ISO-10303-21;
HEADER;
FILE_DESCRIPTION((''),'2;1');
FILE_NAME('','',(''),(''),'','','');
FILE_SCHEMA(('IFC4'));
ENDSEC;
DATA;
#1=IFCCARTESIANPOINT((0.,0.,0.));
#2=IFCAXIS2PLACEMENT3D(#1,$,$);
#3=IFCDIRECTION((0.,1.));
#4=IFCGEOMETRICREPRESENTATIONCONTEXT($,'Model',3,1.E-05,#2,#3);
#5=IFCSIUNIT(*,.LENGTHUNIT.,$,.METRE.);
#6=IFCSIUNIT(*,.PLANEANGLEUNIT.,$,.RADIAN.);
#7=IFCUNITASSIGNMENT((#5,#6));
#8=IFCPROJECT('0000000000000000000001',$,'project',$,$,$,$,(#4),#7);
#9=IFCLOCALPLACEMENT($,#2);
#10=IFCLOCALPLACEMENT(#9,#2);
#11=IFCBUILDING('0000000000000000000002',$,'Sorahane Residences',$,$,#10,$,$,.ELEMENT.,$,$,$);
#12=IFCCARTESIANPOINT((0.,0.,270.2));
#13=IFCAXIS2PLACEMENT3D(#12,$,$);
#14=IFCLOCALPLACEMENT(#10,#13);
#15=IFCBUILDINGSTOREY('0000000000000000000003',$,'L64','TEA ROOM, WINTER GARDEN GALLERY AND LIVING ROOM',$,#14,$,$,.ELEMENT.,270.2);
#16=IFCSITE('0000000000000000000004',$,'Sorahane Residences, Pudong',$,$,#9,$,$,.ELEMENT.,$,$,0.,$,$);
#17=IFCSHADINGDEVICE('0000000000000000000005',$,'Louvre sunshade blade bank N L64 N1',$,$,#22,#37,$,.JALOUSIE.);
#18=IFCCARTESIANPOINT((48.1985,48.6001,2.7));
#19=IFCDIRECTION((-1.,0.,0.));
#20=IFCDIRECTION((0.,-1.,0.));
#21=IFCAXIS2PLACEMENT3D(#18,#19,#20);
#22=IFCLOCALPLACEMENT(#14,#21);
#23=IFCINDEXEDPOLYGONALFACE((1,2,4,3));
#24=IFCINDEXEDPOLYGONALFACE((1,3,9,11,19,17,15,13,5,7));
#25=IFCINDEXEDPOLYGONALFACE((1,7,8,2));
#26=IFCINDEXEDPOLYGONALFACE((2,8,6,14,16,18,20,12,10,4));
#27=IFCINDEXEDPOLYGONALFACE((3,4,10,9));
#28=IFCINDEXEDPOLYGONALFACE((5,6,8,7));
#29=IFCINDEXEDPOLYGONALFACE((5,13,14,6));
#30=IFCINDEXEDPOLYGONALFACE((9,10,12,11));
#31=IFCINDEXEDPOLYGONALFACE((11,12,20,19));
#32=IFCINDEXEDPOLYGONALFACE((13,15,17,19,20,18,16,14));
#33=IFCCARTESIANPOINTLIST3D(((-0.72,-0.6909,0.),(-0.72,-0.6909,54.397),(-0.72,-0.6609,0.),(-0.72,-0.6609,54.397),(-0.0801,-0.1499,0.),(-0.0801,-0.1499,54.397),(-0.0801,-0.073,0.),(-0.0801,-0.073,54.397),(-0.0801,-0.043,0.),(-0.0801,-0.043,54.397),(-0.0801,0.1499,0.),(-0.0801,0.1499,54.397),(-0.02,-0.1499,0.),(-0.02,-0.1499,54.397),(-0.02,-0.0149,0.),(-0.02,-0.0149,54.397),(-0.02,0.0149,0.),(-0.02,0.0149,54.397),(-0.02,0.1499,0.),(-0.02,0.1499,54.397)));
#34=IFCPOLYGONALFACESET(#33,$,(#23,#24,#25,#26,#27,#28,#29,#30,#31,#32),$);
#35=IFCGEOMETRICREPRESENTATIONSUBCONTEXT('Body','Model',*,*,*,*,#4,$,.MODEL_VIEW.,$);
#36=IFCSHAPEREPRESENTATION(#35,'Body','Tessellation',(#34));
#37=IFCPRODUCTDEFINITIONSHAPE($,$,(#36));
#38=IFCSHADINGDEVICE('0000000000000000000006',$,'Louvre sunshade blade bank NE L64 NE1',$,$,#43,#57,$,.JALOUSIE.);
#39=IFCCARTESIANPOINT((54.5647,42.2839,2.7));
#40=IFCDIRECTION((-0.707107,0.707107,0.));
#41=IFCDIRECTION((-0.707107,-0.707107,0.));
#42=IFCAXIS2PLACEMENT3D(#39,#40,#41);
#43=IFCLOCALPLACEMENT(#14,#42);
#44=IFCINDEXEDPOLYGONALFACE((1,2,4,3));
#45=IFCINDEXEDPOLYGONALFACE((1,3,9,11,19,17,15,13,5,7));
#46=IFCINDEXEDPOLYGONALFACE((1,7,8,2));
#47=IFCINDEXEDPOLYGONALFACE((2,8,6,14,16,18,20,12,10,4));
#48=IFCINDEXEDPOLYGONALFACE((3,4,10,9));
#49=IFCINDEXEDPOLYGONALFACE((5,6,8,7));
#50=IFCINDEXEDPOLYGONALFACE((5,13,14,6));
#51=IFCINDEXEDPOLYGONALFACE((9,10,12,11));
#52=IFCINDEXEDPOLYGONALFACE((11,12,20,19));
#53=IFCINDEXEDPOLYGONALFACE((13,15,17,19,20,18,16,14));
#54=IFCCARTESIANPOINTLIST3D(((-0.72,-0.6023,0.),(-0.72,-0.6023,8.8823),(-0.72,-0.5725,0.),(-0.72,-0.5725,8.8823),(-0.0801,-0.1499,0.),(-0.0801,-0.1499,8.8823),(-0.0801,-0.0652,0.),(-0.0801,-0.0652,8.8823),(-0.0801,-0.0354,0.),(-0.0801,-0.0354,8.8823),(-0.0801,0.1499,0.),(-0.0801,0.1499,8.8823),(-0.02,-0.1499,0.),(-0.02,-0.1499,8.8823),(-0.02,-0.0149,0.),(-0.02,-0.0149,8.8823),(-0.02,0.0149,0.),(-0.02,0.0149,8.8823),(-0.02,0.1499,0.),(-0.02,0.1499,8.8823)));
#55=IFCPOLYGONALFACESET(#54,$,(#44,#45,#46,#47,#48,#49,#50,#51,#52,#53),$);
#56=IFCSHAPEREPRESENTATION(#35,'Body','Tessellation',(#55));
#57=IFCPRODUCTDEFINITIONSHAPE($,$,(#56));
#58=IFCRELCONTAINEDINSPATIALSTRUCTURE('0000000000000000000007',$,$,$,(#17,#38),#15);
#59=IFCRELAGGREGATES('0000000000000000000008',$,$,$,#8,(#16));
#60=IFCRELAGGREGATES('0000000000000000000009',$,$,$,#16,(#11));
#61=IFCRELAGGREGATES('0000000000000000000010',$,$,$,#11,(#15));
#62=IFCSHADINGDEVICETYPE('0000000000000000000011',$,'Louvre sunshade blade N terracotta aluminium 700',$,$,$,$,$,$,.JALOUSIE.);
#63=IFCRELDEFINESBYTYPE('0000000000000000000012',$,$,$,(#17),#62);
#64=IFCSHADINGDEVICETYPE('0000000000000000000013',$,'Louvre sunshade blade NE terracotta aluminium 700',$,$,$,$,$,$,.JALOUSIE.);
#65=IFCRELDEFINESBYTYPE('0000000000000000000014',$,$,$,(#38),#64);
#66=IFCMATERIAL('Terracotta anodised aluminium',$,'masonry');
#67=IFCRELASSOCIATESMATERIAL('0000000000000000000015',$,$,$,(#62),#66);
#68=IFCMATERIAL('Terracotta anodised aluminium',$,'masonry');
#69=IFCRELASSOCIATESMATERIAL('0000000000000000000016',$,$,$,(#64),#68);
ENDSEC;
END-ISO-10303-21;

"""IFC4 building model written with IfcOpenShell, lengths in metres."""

from ifc_helpers import new_model, si_unit, direction, frame, origin, place, context, subcontext, project, spatial, polyline, outline, extrude, material, type_object, element, save


model = new_model("IFC4")

# Units and contexts
model_context = context("Model", 3, precision=1e-05, world=origin(), true_north=direction((0.0, 1.0)))
body_context = subcontext(model_context, "Body", "Model", "MODEL_VIEW")
ifc_project = project(units=[si_unit("LENGTHUNIT", "METRE"), si_unit("PLANEANGLEUNIT", "RADIAN")], contexts=[model_context])

# Site, building, storey
site_placement = place(None, origin())
site = spatial("IfcSite", under=ifc_project, at=site_placement, Name="Sorahane Residences, Pudong", CompositionType="ELEMENT", RefElevation=0.0)
building_placement = place(site_placement, origin())
building = spatial("IfcBuilding", under=site, at=building_placement, Name="Sorahane Residences", CompositionType="ELEMENT")
storey_placement = place(building_placement, frame((0.0, 0.0, 270.2)))
storey = spatial("IfcBuildingStorey", under=building, at=storey_placement, Name="L64", Description="TEA ROOM, WINTER GARDEN GALLERY AND LIVING ROOM", CompositionType="ELEMENT", Elevation=270.2)

# Shading devices
ifc_material_1 = material(Name="Terracotta anodised aluminium", Category="masonry")
shading_device_type_1 = type_object("IfcShadingDeviceType", Name="Louvre sunshade blade N terracotta aluminium 700", PredefinedType="JALOUSIE", material=ifc_material_1)
shading_device_1_placement = place(storey_placement, frame((48.1985, 48.6001, 2.7), z_axis=(-1.0, 0.0, 0.0), x_axis=(0.0, -1.0, 0.0)))
element("IfcShadingDevice", 1, at=shading_device_1_placement, inside=storey, type_object=shading_device_type_1, Name="Louvre sunshade blade bank N L64 N1", PredefinedType="JALOUSIE", context=body_context, shape_type="SweptSolid", body=[
    extrude(outline(polyline([(-0.72, -0.6609), (-0.72, -0.6909), (-0.0801, -0.073), (-0.0801, -0.1499), (-0.02, -0.1499), (-0.02, -0.0149), (-0.02, 0.0149), (-0.02, 0.1499), (-0.0801, 0.1499), (-0.0801, -0.043), (-0.72, -0.6609)])), origin(), (0.0, 0.0, 1.0), 54.397),
])
ifc_material_2 = material(Name="Terracotta anodised aluminium", Category="masonry")
shading_device_type_2 = type_object("IfcShadingDeviceType", Name="Louvre sunshade blade NE terracotta aluminium 700", PredefinedType="JALOUSIE", material=ifc_material_2)
shading_device_2_placement = place(storey_placement, frame((54.5647, 42.2839, 2.7), z_axis=(-0.707107, 0.707107, 0.0), x_axis=(-0.707107, -0.707107, 0.0)))
element("IfcShadingDevice", 2, at=shading_device_2_placement, inside=storey, type_object=shading_device_type_2, Name="Louvre sunshade blade bank NE L64 NE1", PredefinedType="JALOUSIE", context=body_context, shape_type="SweptSolid", body=[
    extrude(outline(polyline([(-0.72, -0.5725), (-0.72, -0.6023), (-0.0801, -0.0652), (-0.0801, -0.1499), (-0.02, -0.1499), (-0.02, -0.0149), (-0.02, 0.0149), (-0.02, 0.1499), (-0.0801, 0.1499), (-0.0801, -0.0354), (-0.72, -0.5725)])), origin(), (0.0, 0.0, 1.0), 8.8823),
])

save(model, "model.ifc")
